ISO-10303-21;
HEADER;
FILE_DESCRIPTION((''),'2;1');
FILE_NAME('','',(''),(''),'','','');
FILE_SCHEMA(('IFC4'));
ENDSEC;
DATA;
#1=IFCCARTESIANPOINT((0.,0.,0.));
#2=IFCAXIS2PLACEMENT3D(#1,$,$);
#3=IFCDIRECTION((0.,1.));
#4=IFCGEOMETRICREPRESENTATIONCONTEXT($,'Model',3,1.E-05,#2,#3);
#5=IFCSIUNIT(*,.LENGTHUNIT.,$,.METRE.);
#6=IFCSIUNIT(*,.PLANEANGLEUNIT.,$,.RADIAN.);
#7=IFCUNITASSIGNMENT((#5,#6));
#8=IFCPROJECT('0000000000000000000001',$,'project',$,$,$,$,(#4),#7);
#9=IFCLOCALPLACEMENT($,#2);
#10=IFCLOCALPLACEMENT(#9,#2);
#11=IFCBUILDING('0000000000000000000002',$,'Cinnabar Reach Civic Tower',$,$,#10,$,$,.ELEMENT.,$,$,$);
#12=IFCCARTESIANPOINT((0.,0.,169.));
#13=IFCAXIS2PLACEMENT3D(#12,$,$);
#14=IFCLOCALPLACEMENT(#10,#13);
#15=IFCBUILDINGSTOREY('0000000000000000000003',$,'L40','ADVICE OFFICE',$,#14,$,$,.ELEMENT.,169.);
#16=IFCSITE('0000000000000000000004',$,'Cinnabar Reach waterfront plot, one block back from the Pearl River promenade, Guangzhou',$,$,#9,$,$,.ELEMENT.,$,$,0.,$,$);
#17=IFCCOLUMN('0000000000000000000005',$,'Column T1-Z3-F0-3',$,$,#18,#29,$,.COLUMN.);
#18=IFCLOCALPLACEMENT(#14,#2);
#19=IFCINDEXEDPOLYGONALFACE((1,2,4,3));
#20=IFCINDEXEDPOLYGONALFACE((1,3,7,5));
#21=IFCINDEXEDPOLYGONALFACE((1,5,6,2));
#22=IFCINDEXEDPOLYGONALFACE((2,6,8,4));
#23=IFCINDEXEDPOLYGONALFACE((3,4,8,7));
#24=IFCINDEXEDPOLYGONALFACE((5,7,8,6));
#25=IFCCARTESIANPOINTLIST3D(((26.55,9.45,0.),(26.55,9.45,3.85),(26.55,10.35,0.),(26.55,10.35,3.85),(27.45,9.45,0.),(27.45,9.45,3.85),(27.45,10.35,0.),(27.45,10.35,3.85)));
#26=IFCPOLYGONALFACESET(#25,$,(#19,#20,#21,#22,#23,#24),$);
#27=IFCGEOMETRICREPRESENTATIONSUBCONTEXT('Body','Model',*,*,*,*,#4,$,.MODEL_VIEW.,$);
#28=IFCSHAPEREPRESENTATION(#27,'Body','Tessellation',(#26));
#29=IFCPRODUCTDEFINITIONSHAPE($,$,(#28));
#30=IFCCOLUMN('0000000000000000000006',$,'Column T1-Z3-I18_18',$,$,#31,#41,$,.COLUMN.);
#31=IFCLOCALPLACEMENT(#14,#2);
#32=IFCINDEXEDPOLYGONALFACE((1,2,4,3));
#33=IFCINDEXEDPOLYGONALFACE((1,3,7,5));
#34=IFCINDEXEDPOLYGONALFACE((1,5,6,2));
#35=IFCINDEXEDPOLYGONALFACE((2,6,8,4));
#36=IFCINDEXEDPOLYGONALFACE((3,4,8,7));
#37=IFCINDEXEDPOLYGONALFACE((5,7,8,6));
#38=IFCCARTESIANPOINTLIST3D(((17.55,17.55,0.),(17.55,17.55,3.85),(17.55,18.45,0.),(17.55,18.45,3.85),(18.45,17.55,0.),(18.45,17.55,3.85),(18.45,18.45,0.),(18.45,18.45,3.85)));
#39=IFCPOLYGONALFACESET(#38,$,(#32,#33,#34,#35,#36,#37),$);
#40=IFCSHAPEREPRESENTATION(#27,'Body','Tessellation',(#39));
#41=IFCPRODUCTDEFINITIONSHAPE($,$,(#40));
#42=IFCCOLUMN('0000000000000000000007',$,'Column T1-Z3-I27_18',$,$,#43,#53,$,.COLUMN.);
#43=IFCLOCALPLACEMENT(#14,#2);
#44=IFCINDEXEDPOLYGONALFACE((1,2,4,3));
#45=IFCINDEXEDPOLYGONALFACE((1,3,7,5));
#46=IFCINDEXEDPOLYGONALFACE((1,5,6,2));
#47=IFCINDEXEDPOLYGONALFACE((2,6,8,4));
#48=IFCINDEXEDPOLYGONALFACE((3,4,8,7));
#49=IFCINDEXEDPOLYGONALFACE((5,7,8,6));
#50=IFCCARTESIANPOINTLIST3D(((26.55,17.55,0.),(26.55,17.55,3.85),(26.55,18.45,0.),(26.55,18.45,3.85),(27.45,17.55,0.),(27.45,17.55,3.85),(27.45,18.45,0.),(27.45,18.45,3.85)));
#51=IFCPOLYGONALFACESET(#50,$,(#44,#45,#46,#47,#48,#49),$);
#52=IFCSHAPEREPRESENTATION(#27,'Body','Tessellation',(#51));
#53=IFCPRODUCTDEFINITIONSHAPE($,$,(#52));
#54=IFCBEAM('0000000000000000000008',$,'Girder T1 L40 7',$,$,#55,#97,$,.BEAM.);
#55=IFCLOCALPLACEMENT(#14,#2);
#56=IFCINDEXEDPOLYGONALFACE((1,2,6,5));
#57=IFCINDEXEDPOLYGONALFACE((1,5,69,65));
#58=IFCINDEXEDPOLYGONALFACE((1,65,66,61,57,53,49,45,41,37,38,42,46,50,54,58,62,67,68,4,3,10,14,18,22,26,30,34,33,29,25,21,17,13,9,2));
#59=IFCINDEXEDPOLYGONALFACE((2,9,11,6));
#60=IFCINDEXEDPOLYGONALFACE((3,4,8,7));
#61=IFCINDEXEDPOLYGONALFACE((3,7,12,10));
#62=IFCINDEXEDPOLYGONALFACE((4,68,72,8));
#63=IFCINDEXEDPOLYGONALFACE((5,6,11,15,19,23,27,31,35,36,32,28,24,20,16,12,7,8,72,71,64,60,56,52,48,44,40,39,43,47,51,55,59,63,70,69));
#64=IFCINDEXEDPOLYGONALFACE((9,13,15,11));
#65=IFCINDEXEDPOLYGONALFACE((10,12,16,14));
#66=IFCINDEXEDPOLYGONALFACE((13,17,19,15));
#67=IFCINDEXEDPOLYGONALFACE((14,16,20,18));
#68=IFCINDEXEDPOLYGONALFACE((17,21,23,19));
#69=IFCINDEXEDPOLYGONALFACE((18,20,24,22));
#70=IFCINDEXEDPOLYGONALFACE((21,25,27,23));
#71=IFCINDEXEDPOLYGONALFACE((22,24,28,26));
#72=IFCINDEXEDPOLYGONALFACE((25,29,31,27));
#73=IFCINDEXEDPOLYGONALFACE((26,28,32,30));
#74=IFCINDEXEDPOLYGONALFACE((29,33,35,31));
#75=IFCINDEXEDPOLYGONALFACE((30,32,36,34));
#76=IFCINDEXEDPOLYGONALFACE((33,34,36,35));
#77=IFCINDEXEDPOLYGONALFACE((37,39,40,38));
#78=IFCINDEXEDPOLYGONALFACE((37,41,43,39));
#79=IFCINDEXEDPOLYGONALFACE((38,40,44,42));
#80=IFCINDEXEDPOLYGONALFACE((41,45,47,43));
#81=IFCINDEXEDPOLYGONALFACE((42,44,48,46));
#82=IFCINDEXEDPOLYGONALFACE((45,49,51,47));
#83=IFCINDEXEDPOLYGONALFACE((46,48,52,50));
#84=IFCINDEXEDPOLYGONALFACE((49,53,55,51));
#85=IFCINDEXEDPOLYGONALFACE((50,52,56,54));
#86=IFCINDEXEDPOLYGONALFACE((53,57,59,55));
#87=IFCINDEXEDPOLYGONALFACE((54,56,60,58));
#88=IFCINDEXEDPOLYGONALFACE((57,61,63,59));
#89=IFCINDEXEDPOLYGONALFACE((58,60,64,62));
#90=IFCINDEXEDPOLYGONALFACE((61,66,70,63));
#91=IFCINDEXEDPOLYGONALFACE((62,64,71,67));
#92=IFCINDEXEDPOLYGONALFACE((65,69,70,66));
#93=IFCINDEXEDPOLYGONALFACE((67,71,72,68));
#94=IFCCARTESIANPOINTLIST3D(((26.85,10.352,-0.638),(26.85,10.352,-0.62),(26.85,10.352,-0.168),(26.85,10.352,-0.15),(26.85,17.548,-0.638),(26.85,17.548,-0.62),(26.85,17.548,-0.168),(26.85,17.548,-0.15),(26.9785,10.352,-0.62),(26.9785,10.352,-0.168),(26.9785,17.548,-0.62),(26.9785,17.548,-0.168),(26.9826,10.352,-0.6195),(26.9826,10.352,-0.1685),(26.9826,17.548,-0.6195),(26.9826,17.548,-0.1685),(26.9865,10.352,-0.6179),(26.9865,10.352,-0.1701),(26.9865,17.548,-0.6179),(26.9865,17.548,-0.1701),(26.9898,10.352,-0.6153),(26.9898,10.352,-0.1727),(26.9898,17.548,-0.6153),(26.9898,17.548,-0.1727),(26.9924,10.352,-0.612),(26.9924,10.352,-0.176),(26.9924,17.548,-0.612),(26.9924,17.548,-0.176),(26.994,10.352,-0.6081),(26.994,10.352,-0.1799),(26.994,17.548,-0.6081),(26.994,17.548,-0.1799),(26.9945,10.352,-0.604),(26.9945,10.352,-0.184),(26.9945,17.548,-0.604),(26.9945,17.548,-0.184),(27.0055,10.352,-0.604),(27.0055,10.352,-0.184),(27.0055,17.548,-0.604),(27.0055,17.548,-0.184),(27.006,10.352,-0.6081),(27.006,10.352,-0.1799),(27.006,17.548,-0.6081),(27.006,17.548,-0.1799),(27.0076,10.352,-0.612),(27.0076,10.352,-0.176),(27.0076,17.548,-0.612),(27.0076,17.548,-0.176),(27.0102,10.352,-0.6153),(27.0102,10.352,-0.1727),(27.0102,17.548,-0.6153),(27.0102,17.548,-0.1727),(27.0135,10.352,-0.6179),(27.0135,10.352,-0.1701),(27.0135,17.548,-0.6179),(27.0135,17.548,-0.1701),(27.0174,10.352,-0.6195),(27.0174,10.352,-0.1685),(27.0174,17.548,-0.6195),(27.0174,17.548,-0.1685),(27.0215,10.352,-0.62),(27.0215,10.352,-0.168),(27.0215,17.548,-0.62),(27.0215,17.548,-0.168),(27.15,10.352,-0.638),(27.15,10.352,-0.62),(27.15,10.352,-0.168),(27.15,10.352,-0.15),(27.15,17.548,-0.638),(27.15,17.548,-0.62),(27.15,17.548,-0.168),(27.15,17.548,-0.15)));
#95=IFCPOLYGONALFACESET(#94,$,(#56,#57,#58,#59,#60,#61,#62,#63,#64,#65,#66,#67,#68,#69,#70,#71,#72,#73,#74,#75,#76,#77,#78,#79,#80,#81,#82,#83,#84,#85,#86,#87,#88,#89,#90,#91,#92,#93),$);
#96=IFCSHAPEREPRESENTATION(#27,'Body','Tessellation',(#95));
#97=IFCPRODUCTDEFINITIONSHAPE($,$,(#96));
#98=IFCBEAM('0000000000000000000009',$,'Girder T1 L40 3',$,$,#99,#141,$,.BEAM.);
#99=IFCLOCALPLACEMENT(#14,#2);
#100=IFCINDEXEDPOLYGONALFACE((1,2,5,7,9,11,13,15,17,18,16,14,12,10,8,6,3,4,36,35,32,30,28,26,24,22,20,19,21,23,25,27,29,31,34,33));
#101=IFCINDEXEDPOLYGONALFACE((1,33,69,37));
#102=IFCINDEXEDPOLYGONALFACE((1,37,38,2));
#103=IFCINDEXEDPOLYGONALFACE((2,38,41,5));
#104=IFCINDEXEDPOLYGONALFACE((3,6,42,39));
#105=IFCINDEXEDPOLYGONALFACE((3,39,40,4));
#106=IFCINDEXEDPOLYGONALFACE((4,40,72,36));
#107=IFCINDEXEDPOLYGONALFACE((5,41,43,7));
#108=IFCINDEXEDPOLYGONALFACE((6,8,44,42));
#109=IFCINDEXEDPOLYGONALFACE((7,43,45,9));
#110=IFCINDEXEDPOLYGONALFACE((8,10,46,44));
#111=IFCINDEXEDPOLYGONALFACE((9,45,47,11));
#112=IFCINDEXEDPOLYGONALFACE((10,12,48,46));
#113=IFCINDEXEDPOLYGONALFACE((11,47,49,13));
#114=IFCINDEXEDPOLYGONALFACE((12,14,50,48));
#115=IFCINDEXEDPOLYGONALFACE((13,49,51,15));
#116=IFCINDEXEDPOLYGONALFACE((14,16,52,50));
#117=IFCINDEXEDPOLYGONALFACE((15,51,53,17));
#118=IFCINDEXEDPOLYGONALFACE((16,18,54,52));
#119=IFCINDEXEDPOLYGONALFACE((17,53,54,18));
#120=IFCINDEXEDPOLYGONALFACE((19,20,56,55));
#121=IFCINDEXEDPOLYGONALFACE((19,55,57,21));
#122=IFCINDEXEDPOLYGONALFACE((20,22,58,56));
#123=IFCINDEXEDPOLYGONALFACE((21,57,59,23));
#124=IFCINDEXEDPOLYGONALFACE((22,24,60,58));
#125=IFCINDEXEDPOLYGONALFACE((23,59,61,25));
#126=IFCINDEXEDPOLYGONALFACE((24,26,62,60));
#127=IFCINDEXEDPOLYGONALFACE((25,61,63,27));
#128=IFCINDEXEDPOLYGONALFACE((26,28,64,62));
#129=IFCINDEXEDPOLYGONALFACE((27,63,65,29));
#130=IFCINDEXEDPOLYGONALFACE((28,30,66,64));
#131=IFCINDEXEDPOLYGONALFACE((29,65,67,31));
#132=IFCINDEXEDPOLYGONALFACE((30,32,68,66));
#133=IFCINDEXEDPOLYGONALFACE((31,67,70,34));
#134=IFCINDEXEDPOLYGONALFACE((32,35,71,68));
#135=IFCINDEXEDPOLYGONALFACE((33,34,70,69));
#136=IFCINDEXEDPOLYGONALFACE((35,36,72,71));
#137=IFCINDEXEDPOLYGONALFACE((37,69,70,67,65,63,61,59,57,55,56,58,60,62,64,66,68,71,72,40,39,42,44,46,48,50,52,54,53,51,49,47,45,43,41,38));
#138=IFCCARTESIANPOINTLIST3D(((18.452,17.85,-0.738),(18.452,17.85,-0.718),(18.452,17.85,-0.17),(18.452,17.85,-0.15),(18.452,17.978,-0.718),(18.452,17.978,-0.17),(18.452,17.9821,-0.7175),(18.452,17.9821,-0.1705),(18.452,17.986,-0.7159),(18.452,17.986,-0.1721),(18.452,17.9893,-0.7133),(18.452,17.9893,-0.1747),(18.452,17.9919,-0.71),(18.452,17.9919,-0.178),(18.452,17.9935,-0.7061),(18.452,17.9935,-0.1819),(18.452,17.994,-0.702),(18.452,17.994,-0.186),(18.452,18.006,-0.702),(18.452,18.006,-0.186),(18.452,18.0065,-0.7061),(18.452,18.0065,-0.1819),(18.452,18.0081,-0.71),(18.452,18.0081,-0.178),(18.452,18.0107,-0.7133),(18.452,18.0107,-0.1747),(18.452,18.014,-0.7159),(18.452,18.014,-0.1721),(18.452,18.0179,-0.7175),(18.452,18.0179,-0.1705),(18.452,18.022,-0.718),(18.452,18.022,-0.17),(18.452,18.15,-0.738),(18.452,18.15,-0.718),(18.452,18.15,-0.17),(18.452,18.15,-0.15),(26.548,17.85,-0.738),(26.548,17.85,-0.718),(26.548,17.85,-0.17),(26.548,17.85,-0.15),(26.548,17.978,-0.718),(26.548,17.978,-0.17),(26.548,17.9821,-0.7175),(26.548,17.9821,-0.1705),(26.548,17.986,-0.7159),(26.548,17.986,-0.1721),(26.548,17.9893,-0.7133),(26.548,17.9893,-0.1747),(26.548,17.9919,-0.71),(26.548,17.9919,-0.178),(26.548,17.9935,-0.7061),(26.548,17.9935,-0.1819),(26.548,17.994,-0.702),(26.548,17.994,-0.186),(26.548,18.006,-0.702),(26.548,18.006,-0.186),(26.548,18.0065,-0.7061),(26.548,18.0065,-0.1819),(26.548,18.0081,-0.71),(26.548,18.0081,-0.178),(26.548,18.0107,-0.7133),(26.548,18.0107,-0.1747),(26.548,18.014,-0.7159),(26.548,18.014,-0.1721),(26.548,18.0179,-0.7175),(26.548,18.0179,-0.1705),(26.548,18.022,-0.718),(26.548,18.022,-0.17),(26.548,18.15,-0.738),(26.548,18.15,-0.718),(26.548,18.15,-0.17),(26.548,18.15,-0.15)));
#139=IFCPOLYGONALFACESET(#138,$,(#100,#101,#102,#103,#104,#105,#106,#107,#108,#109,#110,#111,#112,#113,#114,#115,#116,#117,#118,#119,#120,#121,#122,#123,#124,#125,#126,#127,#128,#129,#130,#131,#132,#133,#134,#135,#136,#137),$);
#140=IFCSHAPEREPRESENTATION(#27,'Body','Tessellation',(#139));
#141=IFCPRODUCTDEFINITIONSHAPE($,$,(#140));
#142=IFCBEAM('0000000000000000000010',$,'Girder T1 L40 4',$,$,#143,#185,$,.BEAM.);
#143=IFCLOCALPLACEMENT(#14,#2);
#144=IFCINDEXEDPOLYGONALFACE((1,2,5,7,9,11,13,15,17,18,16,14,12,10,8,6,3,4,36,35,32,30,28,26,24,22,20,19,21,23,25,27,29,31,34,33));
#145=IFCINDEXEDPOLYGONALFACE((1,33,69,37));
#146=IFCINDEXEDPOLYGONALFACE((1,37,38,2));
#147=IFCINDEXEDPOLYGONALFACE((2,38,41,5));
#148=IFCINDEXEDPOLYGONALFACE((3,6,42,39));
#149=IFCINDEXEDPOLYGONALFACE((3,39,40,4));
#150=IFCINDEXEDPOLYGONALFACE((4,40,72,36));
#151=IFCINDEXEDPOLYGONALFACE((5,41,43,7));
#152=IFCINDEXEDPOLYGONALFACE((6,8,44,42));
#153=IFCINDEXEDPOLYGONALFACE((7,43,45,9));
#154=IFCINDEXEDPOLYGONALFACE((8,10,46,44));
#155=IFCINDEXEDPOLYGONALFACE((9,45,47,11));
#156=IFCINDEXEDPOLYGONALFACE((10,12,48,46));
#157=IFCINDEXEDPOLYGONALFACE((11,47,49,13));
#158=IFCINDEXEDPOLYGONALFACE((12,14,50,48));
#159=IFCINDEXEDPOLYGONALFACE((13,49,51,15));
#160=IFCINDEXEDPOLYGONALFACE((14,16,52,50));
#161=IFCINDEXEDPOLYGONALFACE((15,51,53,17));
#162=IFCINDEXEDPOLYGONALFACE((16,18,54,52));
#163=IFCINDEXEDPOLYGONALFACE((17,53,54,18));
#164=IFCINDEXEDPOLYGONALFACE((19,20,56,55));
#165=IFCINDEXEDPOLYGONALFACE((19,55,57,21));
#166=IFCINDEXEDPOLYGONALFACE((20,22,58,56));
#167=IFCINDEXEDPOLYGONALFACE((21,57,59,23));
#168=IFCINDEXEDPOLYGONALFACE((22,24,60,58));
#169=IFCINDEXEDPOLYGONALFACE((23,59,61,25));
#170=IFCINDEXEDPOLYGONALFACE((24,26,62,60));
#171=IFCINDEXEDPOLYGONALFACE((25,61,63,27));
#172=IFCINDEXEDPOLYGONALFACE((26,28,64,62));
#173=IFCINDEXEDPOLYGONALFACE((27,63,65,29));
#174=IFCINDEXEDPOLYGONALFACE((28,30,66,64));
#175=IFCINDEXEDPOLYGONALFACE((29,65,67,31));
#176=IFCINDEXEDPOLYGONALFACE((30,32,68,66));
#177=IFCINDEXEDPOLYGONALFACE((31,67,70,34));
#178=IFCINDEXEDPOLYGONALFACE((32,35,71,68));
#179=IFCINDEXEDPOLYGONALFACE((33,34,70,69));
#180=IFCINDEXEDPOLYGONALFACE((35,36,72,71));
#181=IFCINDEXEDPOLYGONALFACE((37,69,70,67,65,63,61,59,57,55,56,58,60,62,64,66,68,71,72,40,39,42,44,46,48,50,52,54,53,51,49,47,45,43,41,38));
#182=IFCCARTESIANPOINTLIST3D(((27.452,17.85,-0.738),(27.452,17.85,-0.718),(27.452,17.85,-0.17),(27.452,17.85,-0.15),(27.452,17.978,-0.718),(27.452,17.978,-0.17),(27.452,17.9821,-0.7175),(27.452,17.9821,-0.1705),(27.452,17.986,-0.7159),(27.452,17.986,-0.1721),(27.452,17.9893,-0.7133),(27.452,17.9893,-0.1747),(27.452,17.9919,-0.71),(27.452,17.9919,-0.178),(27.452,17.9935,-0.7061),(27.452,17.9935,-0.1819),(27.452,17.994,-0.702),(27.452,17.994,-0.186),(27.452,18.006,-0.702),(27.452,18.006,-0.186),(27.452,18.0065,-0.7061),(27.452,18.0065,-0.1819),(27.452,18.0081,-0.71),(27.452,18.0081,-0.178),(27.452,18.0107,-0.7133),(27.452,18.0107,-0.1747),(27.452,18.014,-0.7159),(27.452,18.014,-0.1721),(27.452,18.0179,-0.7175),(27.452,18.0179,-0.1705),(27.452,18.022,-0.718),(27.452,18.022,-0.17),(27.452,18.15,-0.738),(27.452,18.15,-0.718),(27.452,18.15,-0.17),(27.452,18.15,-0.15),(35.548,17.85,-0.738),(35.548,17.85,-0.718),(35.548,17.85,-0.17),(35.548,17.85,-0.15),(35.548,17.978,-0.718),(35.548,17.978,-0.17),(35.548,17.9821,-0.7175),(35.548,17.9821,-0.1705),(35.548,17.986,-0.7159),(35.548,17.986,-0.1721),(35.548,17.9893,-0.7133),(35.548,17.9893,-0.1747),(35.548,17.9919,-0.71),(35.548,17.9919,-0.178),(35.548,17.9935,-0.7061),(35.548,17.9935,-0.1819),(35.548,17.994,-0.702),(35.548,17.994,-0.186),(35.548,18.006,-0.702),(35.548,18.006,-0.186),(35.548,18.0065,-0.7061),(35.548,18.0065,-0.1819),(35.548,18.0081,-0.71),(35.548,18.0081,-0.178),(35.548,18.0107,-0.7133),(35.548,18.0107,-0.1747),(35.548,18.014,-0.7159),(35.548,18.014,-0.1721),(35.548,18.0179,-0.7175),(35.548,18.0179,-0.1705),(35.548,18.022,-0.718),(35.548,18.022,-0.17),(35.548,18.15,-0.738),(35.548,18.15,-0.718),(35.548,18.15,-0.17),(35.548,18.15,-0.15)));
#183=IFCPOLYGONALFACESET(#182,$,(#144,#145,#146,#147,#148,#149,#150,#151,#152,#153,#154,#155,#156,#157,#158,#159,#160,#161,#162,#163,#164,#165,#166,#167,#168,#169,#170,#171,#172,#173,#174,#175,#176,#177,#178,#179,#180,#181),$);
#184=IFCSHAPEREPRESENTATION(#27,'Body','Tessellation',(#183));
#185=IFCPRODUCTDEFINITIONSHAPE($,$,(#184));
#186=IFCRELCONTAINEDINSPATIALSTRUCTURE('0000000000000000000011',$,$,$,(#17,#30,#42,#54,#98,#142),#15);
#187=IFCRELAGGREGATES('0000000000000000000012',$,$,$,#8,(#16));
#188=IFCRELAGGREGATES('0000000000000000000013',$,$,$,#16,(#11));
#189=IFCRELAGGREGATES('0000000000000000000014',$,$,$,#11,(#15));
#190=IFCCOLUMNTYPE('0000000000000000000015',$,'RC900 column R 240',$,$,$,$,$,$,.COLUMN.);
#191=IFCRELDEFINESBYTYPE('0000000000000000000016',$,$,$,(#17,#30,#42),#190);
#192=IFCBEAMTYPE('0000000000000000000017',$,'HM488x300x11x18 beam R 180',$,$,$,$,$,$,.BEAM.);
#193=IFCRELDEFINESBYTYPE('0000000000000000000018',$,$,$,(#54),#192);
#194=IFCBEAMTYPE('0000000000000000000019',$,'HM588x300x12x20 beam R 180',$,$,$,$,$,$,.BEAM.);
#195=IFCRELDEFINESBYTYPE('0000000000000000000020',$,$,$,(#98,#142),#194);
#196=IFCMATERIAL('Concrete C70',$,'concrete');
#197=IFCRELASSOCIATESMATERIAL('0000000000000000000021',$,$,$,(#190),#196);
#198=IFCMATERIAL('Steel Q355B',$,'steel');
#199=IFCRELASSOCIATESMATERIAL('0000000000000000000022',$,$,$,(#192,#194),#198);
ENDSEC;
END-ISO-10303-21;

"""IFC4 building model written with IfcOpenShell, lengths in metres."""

from ifc_helpers import new_model, si_unit, direction, frame, origin, origin_2d, place, context, subcontext, project, spatial, rectangle, i_section, extrude, material, material_profile, profile_set, type_object, element, save


model = new_model("IFC4")

# Units and contexts
model_context = context("Model", 3, precision=1e-05, world=origin(), true_north=direction((0.0, 1.0)))
body_context = subcontext(model_context, "Body", "Model", "MODEL_VIEW")
ifc_project = project(units=[si_unit("LENGTHUNIT", "METRE"), si_unit("PLANEANGLEUNIT", "RADIAN")], contexts=[model_context])

# Site, building, storey
site_placement = place(None, origin())
site = spatial("IfcSite", under=ifc_project, at=site_placement, Name="Cinnabar Reach waterfront plot, one block back from the Pearl River promenade, Guangzhou", CompositionType="ELEMENT", RefElevation=0.0)
building_placement = place(site_placement, origin())
building = spatial("IfcBuilding", under=site, at=building_placement, Name="Cinnabar Reach Civic Tower", CompositionType="ELEMENT")
storey_placement = place(building_placement, frame((0.0, 0.0, 169.0)))
storey = spatial("IfcBuildingStorey", under=building, at=storey_placement, Name="L40", Description="ADVICE OFFICE", CompositionType="ELEMENT", Elevation=169.0)

# Columns
ifc_material_1 = material(Name="Concrete C70", Category="concrete")
ifc_material_profile_1 = material_profile(ifc_material_1, rectangle(XDim=0.9, YDim=0.9, at=origin_2d()), Name="RC900")
ifc_profile_set_1 = profile_set([ifc_material_profile_1], Name="Concrete C70")
column_type = type_object("IfcColumnType", Name="RC900 column R 240", PredefinedType="COLUMN", material=ifc_profile_set_1)
for number, where, z_axis, x_axis, name in (
    (1, (27.0, 9.9, 0.0), (0.0, 0.0, 1.0), (1.0, 0.0, 0.0), "Column T1-Z3-F0-3"),
    (2, (18.0, 18.0, 0.0), (0.0, 0.0, 1.0), (1.0, 0.0, 0.0), "Column T1-Z3-I18_18"),
    (3, (27.0, 18.0, 0.0), (0.0, 0.0, 1.0), (1.0, 0.0, 0.0), "Column T1-Z3-I27_18"),
):
    element("IfcColumn", number, at=place(storey_placement, frame(where, z_axis=z_axis, x_axis=x_axis)), inside=storey, type_object=column_type, Name=name, PredefinedType="COLUMN", context=body_context, shape_type="SweptSolid", body=[
        extrude(rectangle(XDim=0.9, YDim=0.9, at=origin_2d()), origin(), (0.0, 0.0, 1.0), 3.85),
    ])

# Beams
ifc_material_2 = material(Name="Steel Q355B", Category="steel")
ifc_material_profile_2 = material_profile(ifc_material_2, i_section(OverallWidth=0.3, OverallDepth=0.488, WebThickness=0.011, FlangeThickness=0.018, FilletRadius=0.016, at=origin_2d()), Name="HM488x300x11x18")
ifc_profile_set_2 = profile_set([ifc_material_profile_2], Name="Steel Q355B")
beam_type_1 = type_object("IfcBeamType", Name="HM488x300x11x18 beam R 180", PredefinedType="BEAM", material=ifc_profile_set_2)
beam_1_placement = place(storey_placement, frame((27.0, 10.352, -0.394), z_axis=(0.0, 1.0, 0.0), x_axis=(-1.0, 0.0, 0.0)))
element("IfcBeam", 4, at=beam_1_placement, inside=storey, type_object=beam_type_1, Name="Girder T1 L40 7", PredefinedType="BEAM", context=body_context, shape_type="SweptSolid", body=[
    extrude(i_section(OverallWidth=0.3, OverallDepth=0.488, WebThickness=0.011, FlangeThickness=0.018, FilletRadius=0.016, at=origin_2d()), origin(), (0.0, 0.0, 1.0), 7.196),
])
ifc_material_profile_3 = material_profile(ifc_material_2, i_section(OverallWidth=0.3, OverallDepth=0.588, WebThickness=0.012, FlangeThickness=0.02, FilletRadius=0.016, at=origin_2d()), Name="HM588x300x12x20")
ifc_profile_set_3 = profile_set([ifc_material_profile_3], Name="Steel Q355B")
beam_type_2 = type_object("IfcBeamType", Name="HM588x300x12x20 beam R 180", PredefinedType="BEAM", material=ifc_profile_set_3)
for number, where, z_axis, x_axis, name in (
    (5, (18.452, 18.0, -0.444), (1.0, 0.0, 0.0), (0.0, 1.0, 0.0), "Girder T1 L40 3"),
    (6, (27.452, 18.0, -0.444), (1.0, 0.0, 0.0), (0.0, 1.0, 0.0), "Girder T1 L40 4"),
):
    element("IfcBeam", number, at=place(storey_placement, frame(where, z_axis=z_axis, x_axis=x_axis)), inside=storey, type_object=beam_type_2, Name=name, PredefinedType="BEAM", context=body_context, shape_type="SweptSolid", body=[
        extrude(i_section(OverallWidth=0.3, OverallDepth=0.588, WebThickness=0.012, FlangeThickness=0.02, FilletRadius=0.016, at=origin_2d()), origin(), (0.0, 0.0, 1.0), 8.096),
    ])

save(model, "model.ifc")
